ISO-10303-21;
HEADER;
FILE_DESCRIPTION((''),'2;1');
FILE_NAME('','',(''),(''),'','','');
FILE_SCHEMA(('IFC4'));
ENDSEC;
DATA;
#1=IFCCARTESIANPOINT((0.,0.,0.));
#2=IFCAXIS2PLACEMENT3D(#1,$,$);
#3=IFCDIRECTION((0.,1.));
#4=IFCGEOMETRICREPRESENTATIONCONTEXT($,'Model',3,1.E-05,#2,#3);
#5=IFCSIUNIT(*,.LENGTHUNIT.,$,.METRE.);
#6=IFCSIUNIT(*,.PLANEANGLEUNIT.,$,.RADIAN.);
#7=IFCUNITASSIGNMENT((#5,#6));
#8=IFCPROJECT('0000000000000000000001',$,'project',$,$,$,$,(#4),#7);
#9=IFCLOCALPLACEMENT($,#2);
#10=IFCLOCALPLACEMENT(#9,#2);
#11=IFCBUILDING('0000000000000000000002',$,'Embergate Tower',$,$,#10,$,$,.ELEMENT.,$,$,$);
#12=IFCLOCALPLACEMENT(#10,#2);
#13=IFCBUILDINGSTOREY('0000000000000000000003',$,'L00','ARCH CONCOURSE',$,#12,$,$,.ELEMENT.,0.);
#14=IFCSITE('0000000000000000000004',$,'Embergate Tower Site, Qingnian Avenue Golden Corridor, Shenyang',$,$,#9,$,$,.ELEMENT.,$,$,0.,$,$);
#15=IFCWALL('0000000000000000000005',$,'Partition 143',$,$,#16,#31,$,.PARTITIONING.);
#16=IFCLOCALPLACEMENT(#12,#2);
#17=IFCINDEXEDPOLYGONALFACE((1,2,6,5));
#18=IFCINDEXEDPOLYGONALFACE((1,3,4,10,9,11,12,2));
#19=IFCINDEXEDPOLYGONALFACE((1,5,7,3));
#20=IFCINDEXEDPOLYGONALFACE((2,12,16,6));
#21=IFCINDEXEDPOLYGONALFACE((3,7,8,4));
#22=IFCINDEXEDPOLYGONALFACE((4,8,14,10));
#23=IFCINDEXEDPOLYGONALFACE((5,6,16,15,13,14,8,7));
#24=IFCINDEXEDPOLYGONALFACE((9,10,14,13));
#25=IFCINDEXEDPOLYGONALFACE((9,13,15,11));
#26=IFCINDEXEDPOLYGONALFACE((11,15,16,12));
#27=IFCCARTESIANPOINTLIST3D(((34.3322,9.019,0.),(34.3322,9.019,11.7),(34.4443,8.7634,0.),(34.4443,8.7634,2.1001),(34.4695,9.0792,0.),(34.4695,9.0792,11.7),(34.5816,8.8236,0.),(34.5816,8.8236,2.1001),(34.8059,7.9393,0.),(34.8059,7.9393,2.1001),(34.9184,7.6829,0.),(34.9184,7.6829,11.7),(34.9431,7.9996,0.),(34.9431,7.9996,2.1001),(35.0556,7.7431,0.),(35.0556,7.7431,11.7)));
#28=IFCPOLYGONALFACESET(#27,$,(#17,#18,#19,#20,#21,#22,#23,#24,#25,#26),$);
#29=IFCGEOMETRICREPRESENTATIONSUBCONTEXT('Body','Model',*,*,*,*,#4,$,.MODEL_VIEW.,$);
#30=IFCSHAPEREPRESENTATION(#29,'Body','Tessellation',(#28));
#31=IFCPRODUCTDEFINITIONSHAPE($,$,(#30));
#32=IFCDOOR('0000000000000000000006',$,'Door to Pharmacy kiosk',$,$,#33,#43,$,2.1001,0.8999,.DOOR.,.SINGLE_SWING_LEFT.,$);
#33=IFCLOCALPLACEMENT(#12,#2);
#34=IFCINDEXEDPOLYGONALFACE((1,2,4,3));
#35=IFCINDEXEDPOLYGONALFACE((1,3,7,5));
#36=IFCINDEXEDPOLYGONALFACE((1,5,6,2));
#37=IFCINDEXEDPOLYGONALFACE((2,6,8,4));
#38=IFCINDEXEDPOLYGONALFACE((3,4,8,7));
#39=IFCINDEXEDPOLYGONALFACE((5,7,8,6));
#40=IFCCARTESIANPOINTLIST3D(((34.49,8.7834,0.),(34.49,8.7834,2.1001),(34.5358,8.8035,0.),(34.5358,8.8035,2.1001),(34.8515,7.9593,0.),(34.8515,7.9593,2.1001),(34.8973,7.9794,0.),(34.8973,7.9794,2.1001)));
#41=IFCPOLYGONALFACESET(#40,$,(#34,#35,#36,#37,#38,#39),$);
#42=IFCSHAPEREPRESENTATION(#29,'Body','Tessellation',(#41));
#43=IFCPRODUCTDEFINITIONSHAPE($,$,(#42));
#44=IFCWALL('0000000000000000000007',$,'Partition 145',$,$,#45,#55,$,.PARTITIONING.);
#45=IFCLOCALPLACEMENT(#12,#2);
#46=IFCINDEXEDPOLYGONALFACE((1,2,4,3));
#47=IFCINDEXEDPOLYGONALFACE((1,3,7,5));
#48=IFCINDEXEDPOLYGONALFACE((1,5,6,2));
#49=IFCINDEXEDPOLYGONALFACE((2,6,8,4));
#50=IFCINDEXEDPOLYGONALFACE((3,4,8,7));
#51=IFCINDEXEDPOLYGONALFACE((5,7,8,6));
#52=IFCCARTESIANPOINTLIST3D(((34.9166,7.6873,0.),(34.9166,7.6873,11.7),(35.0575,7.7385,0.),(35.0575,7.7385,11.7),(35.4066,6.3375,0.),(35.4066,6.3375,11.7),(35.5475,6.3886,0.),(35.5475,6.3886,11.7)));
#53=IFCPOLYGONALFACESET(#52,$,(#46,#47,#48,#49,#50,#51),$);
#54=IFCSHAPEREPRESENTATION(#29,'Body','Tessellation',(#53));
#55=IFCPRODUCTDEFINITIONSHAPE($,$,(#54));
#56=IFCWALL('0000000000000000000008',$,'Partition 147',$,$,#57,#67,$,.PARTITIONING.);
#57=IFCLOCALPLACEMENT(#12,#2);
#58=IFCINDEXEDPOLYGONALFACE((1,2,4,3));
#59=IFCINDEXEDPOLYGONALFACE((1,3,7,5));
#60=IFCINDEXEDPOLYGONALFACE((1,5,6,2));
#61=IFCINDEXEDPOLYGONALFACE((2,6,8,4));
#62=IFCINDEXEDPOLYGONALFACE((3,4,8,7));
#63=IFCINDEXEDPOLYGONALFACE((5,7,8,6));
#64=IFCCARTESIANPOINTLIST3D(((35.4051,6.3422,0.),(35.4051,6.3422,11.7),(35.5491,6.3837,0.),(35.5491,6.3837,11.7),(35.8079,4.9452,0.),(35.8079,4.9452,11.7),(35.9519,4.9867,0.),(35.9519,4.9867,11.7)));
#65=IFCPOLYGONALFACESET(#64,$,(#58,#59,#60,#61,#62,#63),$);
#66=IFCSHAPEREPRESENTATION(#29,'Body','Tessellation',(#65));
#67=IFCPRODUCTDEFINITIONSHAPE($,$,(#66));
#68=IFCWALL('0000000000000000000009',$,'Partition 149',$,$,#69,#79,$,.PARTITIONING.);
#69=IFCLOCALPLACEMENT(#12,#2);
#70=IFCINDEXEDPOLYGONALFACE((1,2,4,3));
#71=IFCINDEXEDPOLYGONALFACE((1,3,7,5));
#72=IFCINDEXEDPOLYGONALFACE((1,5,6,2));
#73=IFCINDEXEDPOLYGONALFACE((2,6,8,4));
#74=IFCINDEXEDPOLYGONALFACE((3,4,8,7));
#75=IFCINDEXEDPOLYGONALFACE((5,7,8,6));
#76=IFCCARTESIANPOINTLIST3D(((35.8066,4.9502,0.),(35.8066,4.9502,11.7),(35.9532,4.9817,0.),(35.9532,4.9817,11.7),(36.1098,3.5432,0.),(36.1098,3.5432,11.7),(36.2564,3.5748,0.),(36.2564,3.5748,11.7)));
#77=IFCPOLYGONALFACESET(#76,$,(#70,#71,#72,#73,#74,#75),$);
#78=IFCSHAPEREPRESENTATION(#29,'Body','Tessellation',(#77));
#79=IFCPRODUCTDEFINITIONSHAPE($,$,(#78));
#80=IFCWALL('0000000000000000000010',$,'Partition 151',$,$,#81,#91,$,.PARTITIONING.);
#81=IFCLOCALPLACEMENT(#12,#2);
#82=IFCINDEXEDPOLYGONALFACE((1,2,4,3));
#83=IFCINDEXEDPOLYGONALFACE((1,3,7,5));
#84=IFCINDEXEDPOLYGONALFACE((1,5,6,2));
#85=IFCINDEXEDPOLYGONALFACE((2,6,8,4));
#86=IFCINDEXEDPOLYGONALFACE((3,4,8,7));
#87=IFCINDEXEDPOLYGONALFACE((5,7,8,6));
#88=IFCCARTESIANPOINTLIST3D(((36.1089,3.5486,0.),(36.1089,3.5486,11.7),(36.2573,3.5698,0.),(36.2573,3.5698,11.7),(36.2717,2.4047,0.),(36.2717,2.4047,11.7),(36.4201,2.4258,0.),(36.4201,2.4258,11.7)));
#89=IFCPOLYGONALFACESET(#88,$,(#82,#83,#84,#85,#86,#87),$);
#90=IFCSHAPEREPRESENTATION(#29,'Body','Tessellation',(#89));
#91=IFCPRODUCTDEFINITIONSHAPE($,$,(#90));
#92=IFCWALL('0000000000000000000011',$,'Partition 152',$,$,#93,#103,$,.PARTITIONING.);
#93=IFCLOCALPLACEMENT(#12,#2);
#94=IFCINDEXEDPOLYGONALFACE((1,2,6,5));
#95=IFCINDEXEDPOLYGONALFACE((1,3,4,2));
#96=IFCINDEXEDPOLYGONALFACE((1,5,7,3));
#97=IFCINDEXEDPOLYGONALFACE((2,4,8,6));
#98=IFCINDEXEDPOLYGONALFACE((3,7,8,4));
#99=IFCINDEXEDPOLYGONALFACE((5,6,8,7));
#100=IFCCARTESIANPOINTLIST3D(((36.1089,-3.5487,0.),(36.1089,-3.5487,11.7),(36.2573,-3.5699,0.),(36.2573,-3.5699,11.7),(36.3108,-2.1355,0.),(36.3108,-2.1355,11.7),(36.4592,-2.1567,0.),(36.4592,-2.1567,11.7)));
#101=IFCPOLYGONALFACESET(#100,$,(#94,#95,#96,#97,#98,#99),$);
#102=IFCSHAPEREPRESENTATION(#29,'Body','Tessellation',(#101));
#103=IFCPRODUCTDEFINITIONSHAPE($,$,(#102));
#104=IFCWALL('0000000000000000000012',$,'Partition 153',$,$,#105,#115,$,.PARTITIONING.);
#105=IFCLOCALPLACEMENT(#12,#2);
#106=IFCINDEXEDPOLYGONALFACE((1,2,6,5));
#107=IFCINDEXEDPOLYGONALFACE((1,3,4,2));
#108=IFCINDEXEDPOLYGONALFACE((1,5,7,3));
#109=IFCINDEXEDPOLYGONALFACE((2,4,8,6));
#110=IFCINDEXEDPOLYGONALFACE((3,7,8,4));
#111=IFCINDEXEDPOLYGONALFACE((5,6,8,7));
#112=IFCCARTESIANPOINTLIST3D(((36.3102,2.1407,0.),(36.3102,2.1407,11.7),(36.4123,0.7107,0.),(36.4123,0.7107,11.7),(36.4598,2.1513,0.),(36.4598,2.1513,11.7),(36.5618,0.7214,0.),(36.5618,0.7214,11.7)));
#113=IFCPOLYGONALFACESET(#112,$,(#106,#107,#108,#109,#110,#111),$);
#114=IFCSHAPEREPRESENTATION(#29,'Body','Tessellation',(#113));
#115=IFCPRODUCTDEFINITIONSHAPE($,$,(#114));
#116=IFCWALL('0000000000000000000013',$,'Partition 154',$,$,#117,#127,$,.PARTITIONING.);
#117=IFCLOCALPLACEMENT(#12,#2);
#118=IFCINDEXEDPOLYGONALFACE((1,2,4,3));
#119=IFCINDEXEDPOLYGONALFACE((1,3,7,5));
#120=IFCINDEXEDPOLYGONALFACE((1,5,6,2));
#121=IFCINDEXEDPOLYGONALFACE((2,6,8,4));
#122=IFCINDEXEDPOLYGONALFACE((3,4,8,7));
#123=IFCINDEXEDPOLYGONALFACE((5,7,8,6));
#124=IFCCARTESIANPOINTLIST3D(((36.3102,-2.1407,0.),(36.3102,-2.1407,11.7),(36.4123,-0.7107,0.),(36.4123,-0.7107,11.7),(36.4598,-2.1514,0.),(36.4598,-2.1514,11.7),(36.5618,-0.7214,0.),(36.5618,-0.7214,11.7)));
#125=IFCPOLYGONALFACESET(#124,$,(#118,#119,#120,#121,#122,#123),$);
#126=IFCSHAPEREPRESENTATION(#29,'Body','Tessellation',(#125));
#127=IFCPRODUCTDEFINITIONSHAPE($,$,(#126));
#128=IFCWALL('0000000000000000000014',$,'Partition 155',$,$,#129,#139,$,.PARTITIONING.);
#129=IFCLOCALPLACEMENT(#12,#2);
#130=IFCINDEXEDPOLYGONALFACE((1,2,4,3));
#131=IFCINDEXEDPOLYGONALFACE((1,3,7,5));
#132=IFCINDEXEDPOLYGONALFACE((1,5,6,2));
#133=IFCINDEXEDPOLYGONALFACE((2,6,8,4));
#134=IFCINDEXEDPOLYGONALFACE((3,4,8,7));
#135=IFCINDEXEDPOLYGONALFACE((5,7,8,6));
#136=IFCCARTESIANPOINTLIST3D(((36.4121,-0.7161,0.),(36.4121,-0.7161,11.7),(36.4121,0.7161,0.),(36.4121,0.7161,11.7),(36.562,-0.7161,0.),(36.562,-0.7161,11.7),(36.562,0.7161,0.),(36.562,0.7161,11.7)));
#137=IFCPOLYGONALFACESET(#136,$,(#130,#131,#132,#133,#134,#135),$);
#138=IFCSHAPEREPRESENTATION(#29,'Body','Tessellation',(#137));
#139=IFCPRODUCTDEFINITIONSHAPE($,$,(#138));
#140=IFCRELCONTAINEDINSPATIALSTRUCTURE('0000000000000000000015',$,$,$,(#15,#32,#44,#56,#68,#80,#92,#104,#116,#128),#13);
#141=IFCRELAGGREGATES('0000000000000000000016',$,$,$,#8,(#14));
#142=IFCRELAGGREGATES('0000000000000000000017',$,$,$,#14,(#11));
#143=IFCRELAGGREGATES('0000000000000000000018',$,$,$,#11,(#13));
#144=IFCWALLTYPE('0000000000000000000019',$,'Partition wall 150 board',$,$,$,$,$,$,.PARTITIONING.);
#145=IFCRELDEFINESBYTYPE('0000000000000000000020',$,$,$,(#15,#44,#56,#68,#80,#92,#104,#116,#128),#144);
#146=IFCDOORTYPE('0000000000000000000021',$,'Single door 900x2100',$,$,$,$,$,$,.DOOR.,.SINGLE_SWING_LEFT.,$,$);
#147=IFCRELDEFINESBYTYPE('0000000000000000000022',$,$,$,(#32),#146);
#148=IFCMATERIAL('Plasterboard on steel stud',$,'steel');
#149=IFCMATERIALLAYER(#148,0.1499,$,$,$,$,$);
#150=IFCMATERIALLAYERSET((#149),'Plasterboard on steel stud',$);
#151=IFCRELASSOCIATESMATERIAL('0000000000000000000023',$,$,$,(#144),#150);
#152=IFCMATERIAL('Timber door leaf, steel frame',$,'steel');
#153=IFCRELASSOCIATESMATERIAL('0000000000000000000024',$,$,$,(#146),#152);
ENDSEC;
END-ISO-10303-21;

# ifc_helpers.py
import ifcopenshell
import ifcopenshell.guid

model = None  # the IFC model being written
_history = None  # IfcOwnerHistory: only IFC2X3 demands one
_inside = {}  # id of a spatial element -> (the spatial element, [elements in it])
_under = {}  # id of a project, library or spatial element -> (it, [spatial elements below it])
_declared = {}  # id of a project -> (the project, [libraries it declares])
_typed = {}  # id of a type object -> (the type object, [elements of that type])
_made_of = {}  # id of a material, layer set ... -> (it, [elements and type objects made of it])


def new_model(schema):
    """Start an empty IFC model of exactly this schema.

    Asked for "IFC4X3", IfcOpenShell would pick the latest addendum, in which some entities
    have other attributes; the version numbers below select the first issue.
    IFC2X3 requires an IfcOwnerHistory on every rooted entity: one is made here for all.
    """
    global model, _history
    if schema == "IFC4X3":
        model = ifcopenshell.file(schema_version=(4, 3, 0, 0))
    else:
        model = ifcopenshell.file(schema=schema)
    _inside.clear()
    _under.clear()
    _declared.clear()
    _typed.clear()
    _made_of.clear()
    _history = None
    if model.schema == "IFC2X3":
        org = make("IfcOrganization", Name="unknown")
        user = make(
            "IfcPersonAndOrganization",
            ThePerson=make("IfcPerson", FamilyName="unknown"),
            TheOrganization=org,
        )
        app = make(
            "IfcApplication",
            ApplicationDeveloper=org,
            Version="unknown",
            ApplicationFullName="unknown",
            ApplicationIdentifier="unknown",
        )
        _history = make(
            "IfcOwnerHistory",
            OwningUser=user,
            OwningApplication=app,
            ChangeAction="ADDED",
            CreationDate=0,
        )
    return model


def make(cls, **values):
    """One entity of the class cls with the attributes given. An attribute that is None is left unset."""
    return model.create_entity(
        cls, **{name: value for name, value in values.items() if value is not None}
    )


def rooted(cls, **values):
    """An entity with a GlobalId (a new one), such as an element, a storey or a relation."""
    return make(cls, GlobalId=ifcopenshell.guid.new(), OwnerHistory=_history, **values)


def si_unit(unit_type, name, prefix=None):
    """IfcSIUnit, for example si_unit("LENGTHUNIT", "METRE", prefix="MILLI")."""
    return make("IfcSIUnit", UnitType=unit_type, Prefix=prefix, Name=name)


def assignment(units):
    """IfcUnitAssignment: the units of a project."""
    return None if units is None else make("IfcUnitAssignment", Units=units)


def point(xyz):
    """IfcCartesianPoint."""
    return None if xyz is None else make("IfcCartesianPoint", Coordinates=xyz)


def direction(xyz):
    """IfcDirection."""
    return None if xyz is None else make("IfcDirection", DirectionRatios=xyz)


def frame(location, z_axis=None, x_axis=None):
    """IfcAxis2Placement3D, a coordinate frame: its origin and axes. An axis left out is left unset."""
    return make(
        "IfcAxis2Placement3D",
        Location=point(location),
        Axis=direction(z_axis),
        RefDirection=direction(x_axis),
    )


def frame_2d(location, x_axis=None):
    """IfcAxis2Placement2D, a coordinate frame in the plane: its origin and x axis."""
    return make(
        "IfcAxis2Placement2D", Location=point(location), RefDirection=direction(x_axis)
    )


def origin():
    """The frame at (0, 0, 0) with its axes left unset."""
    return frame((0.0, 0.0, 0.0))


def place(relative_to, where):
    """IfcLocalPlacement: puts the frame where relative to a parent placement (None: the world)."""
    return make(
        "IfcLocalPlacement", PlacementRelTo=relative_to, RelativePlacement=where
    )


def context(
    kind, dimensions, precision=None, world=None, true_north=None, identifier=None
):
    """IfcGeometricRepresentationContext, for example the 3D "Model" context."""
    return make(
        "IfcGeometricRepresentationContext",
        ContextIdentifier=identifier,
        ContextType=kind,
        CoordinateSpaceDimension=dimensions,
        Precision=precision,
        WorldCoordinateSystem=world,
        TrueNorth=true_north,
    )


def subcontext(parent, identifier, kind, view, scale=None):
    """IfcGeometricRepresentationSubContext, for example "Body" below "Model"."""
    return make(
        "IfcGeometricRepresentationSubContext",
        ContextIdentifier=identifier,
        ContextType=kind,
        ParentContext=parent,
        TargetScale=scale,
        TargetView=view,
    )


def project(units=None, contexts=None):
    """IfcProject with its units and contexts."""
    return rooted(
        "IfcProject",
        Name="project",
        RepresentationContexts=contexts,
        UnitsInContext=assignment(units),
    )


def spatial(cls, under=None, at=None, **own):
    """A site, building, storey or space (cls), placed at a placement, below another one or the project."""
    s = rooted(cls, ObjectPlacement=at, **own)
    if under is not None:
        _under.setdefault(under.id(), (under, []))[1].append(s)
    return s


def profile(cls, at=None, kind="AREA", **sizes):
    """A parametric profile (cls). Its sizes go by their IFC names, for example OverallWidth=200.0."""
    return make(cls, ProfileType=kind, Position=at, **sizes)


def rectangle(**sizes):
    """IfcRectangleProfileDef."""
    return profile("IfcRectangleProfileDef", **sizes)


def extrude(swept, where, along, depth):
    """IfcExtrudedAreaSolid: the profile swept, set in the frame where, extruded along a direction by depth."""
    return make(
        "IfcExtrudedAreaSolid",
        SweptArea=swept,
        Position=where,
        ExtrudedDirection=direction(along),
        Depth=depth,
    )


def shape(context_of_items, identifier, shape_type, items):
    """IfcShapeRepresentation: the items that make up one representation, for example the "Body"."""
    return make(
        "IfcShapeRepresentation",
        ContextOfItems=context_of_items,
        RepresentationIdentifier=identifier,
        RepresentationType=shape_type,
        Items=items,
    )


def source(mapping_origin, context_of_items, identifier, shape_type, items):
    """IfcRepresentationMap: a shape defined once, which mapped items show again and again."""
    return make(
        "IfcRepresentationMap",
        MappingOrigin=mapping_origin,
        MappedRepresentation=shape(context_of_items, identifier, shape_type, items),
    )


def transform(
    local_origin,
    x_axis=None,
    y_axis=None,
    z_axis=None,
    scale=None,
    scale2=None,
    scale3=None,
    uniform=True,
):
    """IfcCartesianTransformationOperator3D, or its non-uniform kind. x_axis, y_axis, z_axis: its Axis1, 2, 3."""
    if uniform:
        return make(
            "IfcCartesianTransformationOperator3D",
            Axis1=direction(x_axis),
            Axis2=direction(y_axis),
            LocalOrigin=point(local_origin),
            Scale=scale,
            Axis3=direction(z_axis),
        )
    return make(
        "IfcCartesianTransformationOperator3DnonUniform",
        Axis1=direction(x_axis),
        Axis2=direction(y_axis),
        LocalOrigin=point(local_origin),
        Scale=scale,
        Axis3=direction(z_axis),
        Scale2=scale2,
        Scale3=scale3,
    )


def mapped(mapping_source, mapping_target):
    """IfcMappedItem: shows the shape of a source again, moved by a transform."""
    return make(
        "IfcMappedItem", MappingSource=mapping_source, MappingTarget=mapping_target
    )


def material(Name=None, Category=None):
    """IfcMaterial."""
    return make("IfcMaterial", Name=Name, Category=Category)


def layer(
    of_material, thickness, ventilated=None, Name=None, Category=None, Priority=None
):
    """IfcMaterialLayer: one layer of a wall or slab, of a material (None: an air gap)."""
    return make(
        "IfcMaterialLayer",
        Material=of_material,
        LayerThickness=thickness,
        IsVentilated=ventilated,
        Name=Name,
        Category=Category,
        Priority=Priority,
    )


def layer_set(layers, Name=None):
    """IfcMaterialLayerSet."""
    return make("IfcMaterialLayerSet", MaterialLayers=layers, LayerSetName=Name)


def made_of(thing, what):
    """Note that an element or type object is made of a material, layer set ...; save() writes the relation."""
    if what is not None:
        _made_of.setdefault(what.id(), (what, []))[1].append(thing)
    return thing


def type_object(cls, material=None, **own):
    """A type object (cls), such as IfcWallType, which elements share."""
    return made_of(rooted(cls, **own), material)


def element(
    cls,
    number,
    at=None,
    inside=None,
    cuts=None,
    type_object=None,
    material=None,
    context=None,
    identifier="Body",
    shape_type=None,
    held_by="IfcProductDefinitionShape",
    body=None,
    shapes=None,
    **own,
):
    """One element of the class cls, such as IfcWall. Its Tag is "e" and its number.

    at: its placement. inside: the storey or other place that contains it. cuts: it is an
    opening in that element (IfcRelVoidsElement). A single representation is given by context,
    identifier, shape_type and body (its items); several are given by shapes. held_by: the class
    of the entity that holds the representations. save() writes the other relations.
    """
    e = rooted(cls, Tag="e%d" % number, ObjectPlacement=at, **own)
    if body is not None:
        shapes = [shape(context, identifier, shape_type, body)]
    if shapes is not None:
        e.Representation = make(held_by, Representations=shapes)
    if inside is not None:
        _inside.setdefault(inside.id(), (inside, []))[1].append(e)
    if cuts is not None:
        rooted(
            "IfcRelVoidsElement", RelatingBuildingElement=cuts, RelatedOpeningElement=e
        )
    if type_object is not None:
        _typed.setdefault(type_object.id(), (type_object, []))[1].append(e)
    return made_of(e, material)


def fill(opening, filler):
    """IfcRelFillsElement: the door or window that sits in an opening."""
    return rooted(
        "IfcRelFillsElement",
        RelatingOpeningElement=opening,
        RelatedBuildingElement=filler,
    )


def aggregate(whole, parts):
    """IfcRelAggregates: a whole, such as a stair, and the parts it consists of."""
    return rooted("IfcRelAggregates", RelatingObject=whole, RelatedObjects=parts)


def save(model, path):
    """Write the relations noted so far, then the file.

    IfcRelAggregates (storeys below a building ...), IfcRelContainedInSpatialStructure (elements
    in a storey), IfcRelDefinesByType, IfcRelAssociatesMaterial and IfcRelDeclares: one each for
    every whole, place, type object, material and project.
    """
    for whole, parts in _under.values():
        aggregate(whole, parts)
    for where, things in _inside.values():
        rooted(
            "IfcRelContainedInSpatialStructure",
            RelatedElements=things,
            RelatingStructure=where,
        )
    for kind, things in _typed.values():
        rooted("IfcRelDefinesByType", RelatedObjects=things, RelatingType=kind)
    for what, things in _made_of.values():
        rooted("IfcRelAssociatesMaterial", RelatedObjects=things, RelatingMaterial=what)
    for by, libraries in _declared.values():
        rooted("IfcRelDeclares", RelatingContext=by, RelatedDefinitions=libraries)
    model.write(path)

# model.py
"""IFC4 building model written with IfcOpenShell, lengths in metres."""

from ifc_helpers import new_model, si_unit, direction, frame, frame_2d, origin, place, context, subcontext, project, spatial, rectangle, extrude, source, transform, mapped, material, layer, layer_set, type_object, element, fill, save


model = new_model("IFC4")

# Units and contexts
model_context = context("Model", 3, precision=1e-05, world=origin(), true_north=direction((0.0, 1.0)))
body_context = subcontext(model_context, "Body", "Model", "MODEL_VIEW")
ifc_project = project(units=[si_unit("LENGTHUNIT", "METRE"), si_unit("PLANEANGLEUNIT", "RADIAN")], contexts=[model_context])

# Site, building, storey
site_placement = place(None, origin())
site = spatial("IfcSite", under=ifc_project, at=site_placement, Name="Embergate Tower Site, Qingnian Avenue Golden Corridor, Shenyang", CompositionType="ELEMENT", RefElevation=0.0)
building_placement = place(site_placement, origin())
building = spatial("IfcBuilding", under=site, at=building_placement, Name="Embergate Tower", CompositionType="ELEMENT")
storey_placement = place(building_placement, origin())
storey = spatial("IfcBuildingStorey", under=building, at=storey_placement, Name="L00", Description="ARCH CONCOURSE", CompositionType="ELEMENT", Elevation=0.0)

# Wall, opening, door
ifc_material_1 = material(Name="Plasterboard on steel stud", Category="steel")
ifc_layer_1 = layer(ifc_material_1, 0.1499)
ifc_layer_set_1 = layer_set([ifc_layer_1], Name="Plasterboard on steel stud")
wall_type_1 = type_object("IfcWallType", Name="Partition wall 150 board", PredefinedType="PARTITIONING", material=ifc_layer_set_1)
shared_shape_1 = source(origin(), body_context, "Body", "SweptSolid", [
    extrude(rectangle(XDim=1.459, YDim=0.1499, at=frame_2d((0.7295, 0.0))), origin(), (0.0, 0.0, 1.0), 11.7),
])
wall_1_placement = place(storey_placement, frame((34.4009, 9.0491, 0.0), z_axis=(0.0, 0.0, 1.0), x_axis=(0.40174, -0.915754, 0.0)))
wall_1 = element("IfcWall", 1, at=wall_1_placement, inside=storey, type_object=wall_type_1, Name="Partition 143", PredefinedType="PARTITIONING", context=body_context, shape_type="MappedRepresentation", body=[
    mapped(shared_shape_1, transform((0.0, 0.0, 0.0))),
])
shared_shape_2 = source(origin(), body_context, "Body", "SweptSolid", [
    extrude(rectangle(XDim=0.8999, YDim=2.1001, at=frame_2d((0.45, 1.05))), frame((0.0, 0.085, 0.0), z_axis=(0.0, -1.0, 0.0), x_axis=(1.0, 0.0, 0.0)), (0.0, 0.0, 1.0), 0.1699),
])
opening_1_placement = place(wall_1_placement, frame((0.2791, 0.0, 0.0)))
opening_1 = element("IfcOpeningElement", 2, at=opening_1_placement, cuts=wall_1, PredefinedType="OPENING", context=body_context, shape_type="MappedRepresentation", body=[
    mapped(shared_shape_2, transform((0.0, 0.0, 0.0))),
])
ifc_material_2 = material(Name="Timber door leaf, steel frame", Category="steel")
door_type_1 = type_object("IfcDoorType", Name="Single door 900x2100", OperationType="SINGLE_SWING_LEFT", PredefinedType="DOOR", material=ifc_material_2)
shared_shape_3 = source(origin(), body_context, "Body", "SweptSolid", [
    extrude(rectangle(XDim=0.8999, YDim=2.1001, at=frame_2d((0.45, 1.05))), frame((0.0, 0.0249, 0.0), z_axis=(0.0, -1.0, 0.0), x_axis=(1.0, 0.0, 0.0)), (0.0, 0.0, 1.0), 0.05),
])
door_1_placement = place(opening_1_placement, origin())
door_1 = element("IfcDoor", 3, at=door_1_placement, inside=storey, type_object=door_type_1, Name="Door to Pharmacy kiosk", OperationType="SINGLE_SWING_LEFT", OverallHeight=2.1001, OverallWidth=0.8999, PredefinedType="DOOR", context=body_context, shape_type="MappedRepresentation", body=[
    mapped(shared_shape_3, transform((0.0, 0.0, 0.0))),
])
fill(opening_1, door_1)

# Walls
shared_shape_4 = source(origin(), body_context, "Body", "SweptSolid", [
    extrude(rectangle(XDim=1.436, YDim=0.1499, at=frame_2d((0.718, 0.0))), origin(), (0.0, 0.0, 1.0), 11.7),
])
wall_2_placement = place(storey_placement, frame((34.9871, 7.7129, 0.0), z_axis=(0.0, 0.0, 1.0), x_axis=(0.341211, -0.939987, 0.0)))
element("IfcWall", 4, at=wall_2_placement, inside=storey, type_object=wall_type_1, Name="Partition 145", PredefinedType="PARTITIONING", context=body_context, shape_type="MappedRepresentation", body=[
    mapped(shared_shape_4, transform((0.0, 0.0, 0.0))),
])
shared_shape_5 = source(origin(), body_context, "Body", "SweptSolid", [
    extrude(rectangle(XDim=1.4539, YDim=0.1499, at=frame_2d((0.7271, 0.0))), origin(), (0.0, 0.0, 1.0), 11.7),
])
wall_3_placement = place(storey_placement, frame((35.4771, 6.363, 0.0), z_axis=(0.0, 0.0, 1.0), x_axis=(0.277071, -0.960849, 0.0)))
element("IfcWall", 5, at=wall_3_placement, inside=storey, type_object=wall_type_1, Name="Partition 147", PredefinedType="PARTITIONING", context=body_context, shape_type="MappedRepresentation", body=[
    mapped(shared_shape_5, transform((0.0, 0.0, 0.0))),
])
shared_shape_6 = source(origin(), body_context, "Body", "SweptSolid", [
    extrude(rectangle(XDim=1.4392, YDim=0.1499, at=frame_2d((0.7197, 0.0))), origin(), (0.0, 0.0, 1.0), 11.7),
])
wall_4_placement = place(storey_placement, frame((35.8799, 4.9661, 0.0), z_axis=(0.0, 0.0, 1.0), x_axis=(0.210676, -0.977556, 0.0)))
element("IfcWall", 6, at=wall_4_placement, inside=storey, type_object=wall_type_1, Name="Partition 149", PredefinedType="PARTITIONING", context=body_context, shape_type="MappedRepresentation", body=[
    mapped(shared_shape_6, transform((0.0, 0.0, 0.0))),
])
shared_shape_7 = source(origin(), body_context, "Body", "SweptSolid", [
    extrude(rectangle(XDim=1.1555, YDim=0.1499, at=frame_2d((0.5776, 0.0))), origin(), (0.0, 0.0, 1.0), 11.7),
])
wall_5_placement = place(storey_placement, frame((36.1831, 3.5591, 0.0), z_axis=(0.0, 0.0, 1.0), x_axis=(0.140919, -0.990021, 0.0)))
element("IfcWall", 7, at=wall_5_placement, inside=storey, type_object=wall_type_1, Name="Partition 151", PredefinedType="PARTITIONING", context=body_context, shape_type="MappedRepresentation", body=[
    mapped(shared_shape_7, transform((0.0, 0.0, 0.0))),
])
shared_shape_8 = source(origin(), body_context, "Body", "SweptSolid", [
    extrude(rectangle(XDim=1.4275, YDim=0.1499, at=frame_2d((0.7139, 0.0))), origin(), (0.0, 0.0, 1.0), 11.7),
])
wall_6_placement = place(storey_placement, frame((36.385, -2.146, 0.0), z_axis=(0.0, 0.0, 1.0), x_axis=(-0.141445, -0.989946, 0.0)))
element("IfcWall", 8, at=wall_6_placement, inside=storey, type_object=wall_type_1, Name="Partition 152", PredefinedType="PARTITIONING", context=body_context, shape_type="MappedRepresentation", body=[
    mapped(shared_shape_8, transform((0.0, 0.0, 0.0))),
])
shared_shape_9 = source(origin(), body_context, "Body", "SweptSolid", [
    extrude(rectangle(XDim=1.4336, YDim=0.1499, at=frame_2d((0.7168, 0.0))), origin(), (0.0, 0.0, 1.0), 11.7),
])
for number, where, z_axis, x_axis, name in (
    (9, (36.385, 2.146, 0.0), (0.0, 0.0, 1.0), (0.071187, -0.997463, 0.0), "Partition 153"),
    (10, (36.4871, -0.7161, 0.0), (0.0, 0.0, 1.0), (-0.071187, -0.997463, 0.0), "Partition 154"),
):
    element("IfcWall", number, at=place(storey_placement, frame(where, z_axis=z_axis, x_axis=x_axis)), inside=storey, type_object=wall_type_1, Name=name, PredefinedType="PARTITIONING", context=body_context, shape_type="MappedRepresentation", body=[
        mapped(shared_shape_9, transform((0.0, 0.0, 0.0))),
    ])
shared_shape_10 = source(origin(), body_context, "Body", "SweptSolid", [
    extrude(rectangle(XDim=1.4321, YDim=0.1499, at=frame_2d((0.7161, 0.0))), origin(), (0.0, 0.0, 1.0), 11.7),
])
wall_7_placement = place(storey_placement, frame((36.4871, 0.7161, 0.0), z_axis=(0.0, 0.0, 1.0), x_axis=(0.0, -1.0, 0.0)))
element("IfcWall", 11, at=wall_7_placement, inside=storey, type_object=wall_type_1, Name="Partition 155", PredefinedType="PARTITIONING", context=body_context, shape_type="MappedRepresentation", body=[
    mapped(shared_shape_10, transform((0.0, 0.0, 0.0))),
])

save(model, "model.ifc")
